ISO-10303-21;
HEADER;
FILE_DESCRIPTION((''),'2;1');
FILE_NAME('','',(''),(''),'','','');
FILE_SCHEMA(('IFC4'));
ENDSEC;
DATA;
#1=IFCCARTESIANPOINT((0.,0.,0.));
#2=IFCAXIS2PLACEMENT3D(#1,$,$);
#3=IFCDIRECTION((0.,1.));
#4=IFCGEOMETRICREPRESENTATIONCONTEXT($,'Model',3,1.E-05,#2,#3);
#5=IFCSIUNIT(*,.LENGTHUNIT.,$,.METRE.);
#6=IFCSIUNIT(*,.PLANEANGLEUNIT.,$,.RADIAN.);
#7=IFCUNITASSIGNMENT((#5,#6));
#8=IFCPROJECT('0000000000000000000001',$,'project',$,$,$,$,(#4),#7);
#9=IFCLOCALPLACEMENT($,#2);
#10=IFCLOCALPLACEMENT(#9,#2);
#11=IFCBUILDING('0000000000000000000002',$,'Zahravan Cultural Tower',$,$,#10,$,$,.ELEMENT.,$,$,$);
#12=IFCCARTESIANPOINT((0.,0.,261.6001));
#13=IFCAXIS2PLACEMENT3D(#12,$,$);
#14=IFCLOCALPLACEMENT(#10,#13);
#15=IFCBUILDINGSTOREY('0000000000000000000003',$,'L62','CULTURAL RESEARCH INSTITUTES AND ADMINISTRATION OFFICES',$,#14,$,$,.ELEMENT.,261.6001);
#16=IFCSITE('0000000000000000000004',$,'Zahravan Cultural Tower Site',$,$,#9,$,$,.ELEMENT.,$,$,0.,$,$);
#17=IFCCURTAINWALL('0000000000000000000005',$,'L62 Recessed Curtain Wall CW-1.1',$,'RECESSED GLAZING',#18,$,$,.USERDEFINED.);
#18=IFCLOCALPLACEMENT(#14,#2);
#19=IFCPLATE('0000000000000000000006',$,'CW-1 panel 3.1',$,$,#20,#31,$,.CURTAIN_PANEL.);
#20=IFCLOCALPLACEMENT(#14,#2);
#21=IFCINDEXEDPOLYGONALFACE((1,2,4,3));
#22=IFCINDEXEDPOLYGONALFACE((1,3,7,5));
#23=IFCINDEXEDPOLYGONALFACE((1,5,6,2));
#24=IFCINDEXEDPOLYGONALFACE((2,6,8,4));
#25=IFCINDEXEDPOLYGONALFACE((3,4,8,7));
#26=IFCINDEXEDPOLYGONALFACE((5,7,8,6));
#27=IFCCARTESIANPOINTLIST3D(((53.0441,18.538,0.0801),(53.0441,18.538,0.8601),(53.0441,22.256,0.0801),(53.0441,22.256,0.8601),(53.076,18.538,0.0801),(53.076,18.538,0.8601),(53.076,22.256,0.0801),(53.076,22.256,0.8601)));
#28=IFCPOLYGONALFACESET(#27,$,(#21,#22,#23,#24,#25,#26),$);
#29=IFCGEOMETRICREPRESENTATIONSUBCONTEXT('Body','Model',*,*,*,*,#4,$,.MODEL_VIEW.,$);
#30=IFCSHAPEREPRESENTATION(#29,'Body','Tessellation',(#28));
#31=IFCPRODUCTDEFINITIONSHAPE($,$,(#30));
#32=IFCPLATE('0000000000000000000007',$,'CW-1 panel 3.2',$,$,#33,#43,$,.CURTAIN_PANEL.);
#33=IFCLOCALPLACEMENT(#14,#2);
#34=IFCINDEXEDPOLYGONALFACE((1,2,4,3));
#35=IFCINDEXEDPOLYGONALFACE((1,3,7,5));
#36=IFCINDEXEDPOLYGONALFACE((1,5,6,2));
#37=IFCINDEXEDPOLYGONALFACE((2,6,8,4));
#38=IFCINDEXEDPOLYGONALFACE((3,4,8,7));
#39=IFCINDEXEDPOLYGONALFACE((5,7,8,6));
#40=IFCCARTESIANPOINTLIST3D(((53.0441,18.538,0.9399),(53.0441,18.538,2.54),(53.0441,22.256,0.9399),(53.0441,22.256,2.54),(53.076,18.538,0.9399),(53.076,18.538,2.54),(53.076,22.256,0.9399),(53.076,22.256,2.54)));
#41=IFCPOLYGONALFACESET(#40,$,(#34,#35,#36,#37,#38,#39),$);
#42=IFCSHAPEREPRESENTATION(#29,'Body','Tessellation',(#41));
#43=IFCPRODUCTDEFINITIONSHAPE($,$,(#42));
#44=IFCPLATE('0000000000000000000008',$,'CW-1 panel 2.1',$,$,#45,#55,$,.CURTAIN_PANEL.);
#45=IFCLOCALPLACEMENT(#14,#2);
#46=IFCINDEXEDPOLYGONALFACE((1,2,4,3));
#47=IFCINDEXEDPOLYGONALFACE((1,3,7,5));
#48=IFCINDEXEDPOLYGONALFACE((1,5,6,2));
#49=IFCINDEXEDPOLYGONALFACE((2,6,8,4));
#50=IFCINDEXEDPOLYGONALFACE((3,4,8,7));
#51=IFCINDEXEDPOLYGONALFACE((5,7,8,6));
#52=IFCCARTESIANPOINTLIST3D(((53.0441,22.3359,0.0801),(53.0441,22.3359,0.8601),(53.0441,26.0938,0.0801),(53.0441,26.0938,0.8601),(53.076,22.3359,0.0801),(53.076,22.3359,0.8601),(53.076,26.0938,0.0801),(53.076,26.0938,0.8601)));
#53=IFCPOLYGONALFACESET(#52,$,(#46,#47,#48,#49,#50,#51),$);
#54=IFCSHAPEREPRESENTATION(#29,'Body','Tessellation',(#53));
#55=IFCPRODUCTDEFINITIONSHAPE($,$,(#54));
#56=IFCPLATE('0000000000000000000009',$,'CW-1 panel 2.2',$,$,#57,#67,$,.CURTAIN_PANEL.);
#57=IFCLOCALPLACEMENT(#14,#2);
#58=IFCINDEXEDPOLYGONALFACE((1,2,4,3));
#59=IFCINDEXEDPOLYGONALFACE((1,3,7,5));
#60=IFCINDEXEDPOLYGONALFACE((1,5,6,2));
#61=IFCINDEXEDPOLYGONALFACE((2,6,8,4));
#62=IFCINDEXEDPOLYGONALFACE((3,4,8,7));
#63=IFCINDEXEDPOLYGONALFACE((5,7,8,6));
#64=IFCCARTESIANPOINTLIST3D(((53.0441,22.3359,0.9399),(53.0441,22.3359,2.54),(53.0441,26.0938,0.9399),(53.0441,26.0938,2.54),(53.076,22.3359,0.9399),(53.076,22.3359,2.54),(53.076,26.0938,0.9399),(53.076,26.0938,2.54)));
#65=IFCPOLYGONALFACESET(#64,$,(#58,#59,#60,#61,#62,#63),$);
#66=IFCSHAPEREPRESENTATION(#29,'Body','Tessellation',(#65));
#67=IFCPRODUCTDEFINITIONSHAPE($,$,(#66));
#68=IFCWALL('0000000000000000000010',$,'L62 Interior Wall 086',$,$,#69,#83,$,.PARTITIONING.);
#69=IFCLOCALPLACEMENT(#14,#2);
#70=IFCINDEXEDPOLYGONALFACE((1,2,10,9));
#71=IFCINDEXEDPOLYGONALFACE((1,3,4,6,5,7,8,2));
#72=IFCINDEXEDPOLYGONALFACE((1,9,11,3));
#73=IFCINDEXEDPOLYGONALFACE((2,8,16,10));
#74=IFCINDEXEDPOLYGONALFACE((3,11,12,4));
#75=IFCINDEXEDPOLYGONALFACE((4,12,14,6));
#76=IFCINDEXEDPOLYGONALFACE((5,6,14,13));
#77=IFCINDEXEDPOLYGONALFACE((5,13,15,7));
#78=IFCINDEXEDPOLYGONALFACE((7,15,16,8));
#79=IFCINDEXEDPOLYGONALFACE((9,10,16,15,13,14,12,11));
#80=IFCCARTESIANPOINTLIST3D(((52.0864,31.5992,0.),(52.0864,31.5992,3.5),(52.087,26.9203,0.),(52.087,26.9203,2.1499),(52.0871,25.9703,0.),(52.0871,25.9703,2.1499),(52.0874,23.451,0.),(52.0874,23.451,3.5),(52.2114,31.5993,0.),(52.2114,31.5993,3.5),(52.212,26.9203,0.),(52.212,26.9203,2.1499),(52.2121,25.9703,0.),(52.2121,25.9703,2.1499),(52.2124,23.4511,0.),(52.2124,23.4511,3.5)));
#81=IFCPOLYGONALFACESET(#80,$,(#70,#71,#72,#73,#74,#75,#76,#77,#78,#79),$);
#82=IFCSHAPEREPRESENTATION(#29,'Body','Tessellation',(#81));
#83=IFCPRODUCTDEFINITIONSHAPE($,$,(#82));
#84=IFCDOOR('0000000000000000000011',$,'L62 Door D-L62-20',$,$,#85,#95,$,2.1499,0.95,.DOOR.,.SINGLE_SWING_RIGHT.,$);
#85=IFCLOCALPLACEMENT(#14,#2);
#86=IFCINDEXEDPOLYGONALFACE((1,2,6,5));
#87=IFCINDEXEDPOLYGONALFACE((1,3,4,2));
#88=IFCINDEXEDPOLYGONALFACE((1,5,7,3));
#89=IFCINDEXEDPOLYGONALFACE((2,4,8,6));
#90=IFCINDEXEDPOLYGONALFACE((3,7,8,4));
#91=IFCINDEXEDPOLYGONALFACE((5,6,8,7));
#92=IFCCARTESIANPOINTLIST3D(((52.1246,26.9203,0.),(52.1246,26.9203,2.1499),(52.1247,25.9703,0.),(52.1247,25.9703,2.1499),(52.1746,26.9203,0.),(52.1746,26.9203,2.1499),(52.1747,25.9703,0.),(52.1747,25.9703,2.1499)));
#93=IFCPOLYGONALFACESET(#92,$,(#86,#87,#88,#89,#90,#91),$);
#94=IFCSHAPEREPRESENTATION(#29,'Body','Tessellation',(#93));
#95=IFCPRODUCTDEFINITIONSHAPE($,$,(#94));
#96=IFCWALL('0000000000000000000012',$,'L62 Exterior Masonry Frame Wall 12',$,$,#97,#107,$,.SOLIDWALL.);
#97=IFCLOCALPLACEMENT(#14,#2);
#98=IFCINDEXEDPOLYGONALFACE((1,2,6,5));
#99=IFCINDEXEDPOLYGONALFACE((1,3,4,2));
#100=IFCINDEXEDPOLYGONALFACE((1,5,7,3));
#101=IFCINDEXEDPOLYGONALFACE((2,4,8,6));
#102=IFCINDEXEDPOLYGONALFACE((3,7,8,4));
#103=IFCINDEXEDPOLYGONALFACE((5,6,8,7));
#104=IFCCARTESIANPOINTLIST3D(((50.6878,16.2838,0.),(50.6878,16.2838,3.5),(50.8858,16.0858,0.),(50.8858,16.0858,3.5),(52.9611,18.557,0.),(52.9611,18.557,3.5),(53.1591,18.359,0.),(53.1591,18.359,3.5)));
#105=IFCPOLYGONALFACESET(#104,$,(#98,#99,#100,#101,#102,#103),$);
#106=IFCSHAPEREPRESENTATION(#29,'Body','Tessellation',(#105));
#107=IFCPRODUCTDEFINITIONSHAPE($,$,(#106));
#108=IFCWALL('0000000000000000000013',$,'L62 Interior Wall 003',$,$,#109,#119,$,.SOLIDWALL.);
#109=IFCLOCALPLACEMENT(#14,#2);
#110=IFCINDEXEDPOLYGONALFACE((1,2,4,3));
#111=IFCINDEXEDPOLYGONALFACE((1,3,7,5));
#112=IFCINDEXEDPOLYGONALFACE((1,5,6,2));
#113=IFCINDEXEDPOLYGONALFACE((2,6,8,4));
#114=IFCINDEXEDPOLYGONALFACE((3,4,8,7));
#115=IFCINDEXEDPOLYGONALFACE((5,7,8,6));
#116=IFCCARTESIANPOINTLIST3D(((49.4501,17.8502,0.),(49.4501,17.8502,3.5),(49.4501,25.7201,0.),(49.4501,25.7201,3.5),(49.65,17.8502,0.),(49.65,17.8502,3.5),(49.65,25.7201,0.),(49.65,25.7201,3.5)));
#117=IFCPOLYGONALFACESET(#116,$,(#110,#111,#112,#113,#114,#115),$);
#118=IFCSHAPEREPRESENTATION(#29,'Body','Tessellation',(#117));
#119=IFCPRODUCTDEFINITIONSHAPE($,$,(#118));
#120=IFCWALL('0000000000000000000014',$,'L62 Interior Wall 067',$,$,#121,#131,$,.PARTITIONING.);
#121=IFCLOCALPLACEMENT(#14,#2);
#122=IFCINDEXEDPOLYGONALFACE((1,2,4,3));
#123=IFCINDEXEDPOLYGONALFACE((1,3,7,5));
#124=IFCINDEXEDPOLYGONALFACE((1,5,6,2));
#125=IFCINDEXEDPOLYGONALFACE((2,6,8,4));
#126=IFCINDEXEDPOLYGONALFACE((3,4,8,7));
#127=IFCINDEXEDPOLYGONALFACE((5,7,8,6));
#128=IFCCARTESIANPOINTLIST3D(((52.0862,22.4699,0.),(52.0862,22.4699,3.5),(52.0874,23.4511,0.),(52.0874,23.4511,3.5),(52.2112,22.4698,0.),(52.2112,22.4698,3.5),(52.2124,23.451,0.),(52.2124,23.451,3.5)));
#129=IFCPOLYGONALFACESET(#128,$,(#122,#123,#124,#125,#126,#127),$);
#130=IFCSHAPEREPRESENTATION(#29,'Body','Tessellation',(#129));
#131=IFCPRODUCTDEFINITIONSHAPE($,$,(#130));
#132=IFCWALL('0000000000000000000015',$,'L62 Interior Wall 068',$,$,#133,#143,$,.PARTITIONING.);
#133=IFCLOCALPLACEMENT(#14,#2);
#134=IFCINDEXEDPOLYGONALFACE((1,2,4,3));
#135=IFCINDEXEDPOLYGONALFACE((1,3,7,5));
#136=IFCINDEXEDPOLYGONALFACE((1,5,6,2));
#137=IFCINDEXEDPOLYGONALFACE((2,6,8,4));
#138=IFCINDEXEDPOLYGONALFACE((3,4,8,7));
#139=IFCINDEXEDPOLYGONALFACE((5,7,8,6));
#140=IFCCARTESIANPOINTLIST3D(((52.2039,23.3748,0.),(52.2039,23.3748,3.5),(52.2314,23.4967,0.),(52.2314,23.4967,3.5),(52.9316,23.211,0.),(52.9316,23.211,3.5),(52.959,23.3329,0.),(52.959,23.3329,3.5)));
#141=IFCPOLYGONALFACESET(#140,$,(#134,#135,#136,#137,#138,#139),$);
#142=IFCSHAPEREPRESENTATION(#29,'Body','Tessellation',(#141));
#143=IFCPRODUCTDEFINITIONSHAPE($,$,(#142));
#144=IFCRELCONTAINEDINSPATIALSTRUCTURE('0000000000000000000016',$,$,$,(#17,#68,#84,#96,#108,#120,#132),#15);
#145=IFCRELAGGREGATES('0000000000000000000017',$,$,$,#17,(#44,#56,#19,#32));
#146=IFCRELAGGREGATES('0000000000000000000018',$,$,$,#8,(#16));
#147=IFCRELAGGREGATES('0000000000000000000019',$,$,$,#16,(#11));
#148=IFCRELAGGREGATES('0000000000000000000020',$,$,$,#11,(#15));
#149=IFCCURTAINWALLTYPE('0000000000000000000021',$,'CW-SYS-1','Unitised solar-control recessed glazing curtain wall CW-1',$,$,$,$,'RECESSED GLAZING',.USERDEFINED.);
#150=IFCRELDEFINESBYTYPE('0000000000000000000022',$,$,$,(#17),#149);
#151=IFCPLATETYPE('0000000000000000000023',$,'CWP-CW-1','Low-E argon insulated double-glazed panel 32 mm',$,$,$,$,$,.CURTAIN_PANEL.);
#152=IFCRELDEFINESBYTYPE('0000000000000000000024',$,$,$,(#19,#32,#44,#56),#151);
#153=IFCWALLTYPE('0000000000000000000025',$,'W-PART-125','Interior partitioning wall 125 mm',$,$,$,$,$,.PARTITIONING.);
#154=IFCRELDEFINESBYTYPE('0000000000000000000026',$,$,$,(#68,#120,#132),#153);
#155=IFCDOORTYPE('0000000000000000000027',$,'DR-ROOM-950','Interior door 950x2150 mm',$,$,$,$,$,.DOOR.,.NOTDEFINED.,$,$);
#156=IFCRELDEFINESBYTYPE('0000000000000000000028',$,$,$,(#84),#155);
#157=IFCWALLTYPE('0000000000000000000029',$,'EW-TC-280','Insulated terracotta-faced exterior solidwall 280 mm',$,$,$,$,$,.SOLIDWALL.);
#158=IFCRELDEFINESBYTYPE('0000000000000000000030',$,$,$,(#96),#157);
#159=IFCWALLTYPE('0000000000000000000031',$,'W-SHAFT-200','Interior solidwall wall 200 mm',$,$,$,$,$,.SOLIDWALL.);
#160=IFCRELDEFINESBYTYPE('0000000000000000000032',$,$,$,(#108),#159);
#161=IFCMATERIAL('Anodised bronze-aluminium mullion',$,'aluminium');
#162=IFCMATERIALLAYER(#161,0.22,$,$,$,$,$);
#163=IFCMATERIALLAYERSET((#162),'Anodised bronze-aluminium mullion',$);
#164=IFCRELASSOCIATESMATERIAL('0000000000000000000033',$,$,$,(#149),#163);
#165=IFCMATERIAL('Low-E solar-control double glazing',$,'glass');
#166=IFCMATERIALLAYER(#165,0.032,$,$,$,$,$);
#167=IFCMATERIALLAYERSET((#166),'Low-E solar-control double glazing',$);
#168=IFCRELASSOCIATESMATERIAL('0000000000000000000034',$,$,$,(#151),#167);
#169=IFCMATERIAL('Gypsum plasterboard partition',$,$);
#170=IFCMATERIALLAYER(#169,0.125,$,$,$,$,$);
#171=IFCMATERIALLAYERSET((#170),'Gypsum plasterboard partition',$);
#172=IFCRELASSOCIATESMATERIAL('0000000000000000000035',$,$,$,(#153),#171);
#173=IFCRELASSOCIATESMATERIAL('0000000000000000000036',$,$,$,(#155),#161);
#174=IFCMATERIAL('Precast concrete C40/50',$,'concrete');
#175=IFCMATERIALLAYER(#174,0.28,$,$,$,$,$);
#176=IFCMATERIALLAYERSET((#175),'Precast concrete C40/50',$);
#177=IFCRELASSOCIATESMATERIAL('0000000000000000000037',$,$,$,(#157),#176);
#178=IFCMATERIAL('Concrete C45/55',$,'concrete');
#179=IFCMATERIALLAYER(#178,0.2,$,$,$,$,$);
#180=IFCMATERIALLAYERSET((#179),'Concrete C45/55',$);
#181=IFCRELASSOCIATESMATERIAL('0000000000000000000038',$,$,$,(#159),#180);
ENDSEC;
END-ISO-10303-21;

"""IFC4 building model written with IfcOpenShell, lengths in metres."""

from ifc_helpers import new_model, si_unit, direction, frame, frame_2d, origin, origin_2d, place, context, subcontext, project, spatial, rectangle, extrude, source, transform, mapped, material, layer, layer_set, type_object, element, fill, aggregate, save


model = new_model("IFC4")

# Units and contexts
model_context = context("Model", 3, precision=1e-05, world=origin(), true_north=direction((0.0, 1.0)))
body_context = subcontext(model_context, "Body", "Model", "MODEL_VIEW")
ifc_project = project(units=[si_unit("LENGTHUNIT", "METRE"), si_unit("PLANEANGLEUNIT", "RADIAN")], contexts=[model_context])

# Site, building, storey
site_placement = place(None, origin())
site = spatial("IfcSite", under=ifc_project, at=site_placement, Name="Zahravan Cultural Tower Site", CompositionType="ELEMENT", RefElevation=0.0)
building_placement = place(site_placement, origin())
building = spatial("IfcBuilding", under=site, at=building_placement, Name="Zahravan Cultural Tower", CompositionType="ELEMENT")
storey_placement = place(building_placement, frame((0.0, 0.0, 261.6001)))
storey = spatial("IfcBuildingStorey", under=building, at=storey_placement, Name="L62", Description="CULTURAL RESEARCH INSTITUTES AND ADMINISTRATION OFFICES", CompositionType="ELEMENT", Elevation=261.6001)

# Curtain wall, plates
ifc_material_1 = material(Name="Anodised bronze-aluminium mullion", Category="aluminium")
ifc_layer_1 = layer(ifc_material_1, 0.22)
ifc_layer_set_1 = layer_set([ifc_layer_1], Name="Anodised bronze-aluminium mullion")
curtain_wall_type = type_object("IfcCurtainWallType", Name="CW-SYS-1", Description="Unitised solar-control recessed glazing curtain wall CW-1", ElementType="RECESSED GLAZING", PredefinedType="USERDEFINED", material=ifc_layer_set_1)
curtain_wall_placement = place(storey_placement, origin())
curtain_wall = element("IfcCurtainWall", 1, at=curtain_wall_placement, inside=storey, type_object=curtain_wall_type, Name="L62 Recessed Curtain Wall CW-1.1", ObjectType="RECESSED GLAZING", PredefinedType="USERDEFINED")
ifc_material_2 = material(Name="Low-E solar-control double glazing", Category="glass")
ifc_layer_2 = layer(ifc_material_2, 0.032)
ifc_layer_set_2 = layer_set([ifc_layer_2], Name="Low-E solar-control double glazing")
plate_type = type_object("IfcPlateType", Name="CWP-CW-1", Description="Low-E argon insulated double-glazed panel 32 mm", PredefinedType="CURTAIN_PANEL", material=ifc_layer_set_2)
shared_shape_1 = source(origin(), body_context, "Body", "SweptSolid", [
    extrude(rectangle(XDim=3.718, YDim=0.032, at=origin_2d()), origin(), (0.0, 0.0, 1.0), 0.78),
])
plate_1_placement = place(storey_placement, frame((53.0601, 20.397, 0.0801), z_axis=(0.0, 0.0, 1.0), x_axis=(0.0, -1.0, 0.0)))
plate_1 = element("IfcPlate", 2, at=plate_1_placement, type_object=plate_type, Name="CW-1 panel 3.1", PredefinedType="CURTAIN_PANEL", context=body_context, shape_type="MappedRepresentation", body=[
    mapped(shared_shape_1, transform((0.0, 0.0, 0.0), x_axis=(1.0, 0.0, 0.0), y_axis=(0.0, 1.0, 0.0), z_axis=(0.0, 0.0, 1.0), scale=1.0)),
])
shared_shape_2 = source(origin(), body_context, "Body", "SweptSolid", [
    extrude(rectangle(XDim=3.718, YDim=0.032, at=origin_2d()), origin(), (0.0, 0.0, 1.0), 1.6001),
])
plate_2_placement = place(storey_placement, frame((53.0601, 20.397, 0.9399), z_axis=(0.0, 0.0, 1.0), x_axis=(0.0, -1.0, 0.0)))
plate_2 = element("IfcPlate", 3, at=plate_2_placement, type_object=plate_type, Name="CW-1 panel 3.2", PredefinedType="CURTAIN_PANEL", context=body_context, shape_type="MappedRepresentation", body=[
    mapped(shared_shape_2, transform((0.0, 0.0, 0.0), x_axis=(1.0, 0.0, 0.0), y_axis=(0.0, 1.0, 0.0), z_axis=(0.0, 0.0, 1.0), scale=1.0)),
])
shared_shape_3 = source(origin(), body_context, "Body", "SweptSolid", [
    extrude(rectangle(XDim=3.7578, YDim=0.032, at=origin_2d()), origin(), (0.0, 0.0, 1.0), 0.78),
])
plate_3_placement = place(storey_placement, frame((53.0601, 24.2148, 0.0801), z_axis=(0.0, 0.0, 1.0), x_axis=(0.0, -1.0, 0.0)))
plate_3 = element("IfcPlate", 4, at=plate_3_placement, type_object=plate_type, Name="CW-1 panel 2.1", PredefinedType="CURTAIN_PANEL", context=body_context, shape_type="MappedRepresentation", body=[
    mapped(shared_shape_3, transform((0.0, 0.0, 0.0), x_axis=(1.0, 0.0, 0.0), y_axis=(0.0, 1.0, 0.0), z_axis=(0.0, 0.0, 1.0), scale=1.0)),
])
shared_shape_4 = source(origin(), body_context, "Body", "SweptSolid", [
    extrude(rectangle(XDim=3.7578, YDim=0.032, at=origin_2d()), origin(), (0.0, 0.0, 1.0), 1.6001),
])
plate_4_placement = place(storey_placement, frame((53.0601, 24.2148, 0.9399), z_axis=(0.0, 0.0, 1.0), x_axis=(0.0, -1.0, 0.0)))
plate_4 = element("IfcPlate", 5, at=plate_4_placement, type_object=plate_type, Name="CW-1 panel 2.2", PredefinedType="CURTAIN_PANEL", context=body_context, shape_type="MappedRepresentation", body=[
    mapped(shared_shape_4, transform((0.0, 0.0, 0.0), x_axis=(1.0, 0.0, 0.0), y_axis=(0.0, 1.0, 0.0), z_axis=(0.0, 0.0, 1.0), scale=1.0)),
])
aggregate(curtain_wall, [plate_3, plate_4, plate_1, plate_2])

# Wall, opening, door
ifc_material_3 = material(Name="Gypsum plasterboard partition")
ifc_layer_3 = layer(ifc_material_3, 0.125)
ifc_layer_set_3 = layer_set([ifc_layer_3], Name="Gypsum plasterboard partition")
wall_type_1 = type_object("IfcWallType", Name="W-PART-125", Description="Interior partitioning wall 125 mm", PredefinedType="PARTITIONING", material=ifc_layer_set_3)
door_type = type_object("IfcDoorType", Name="DR-ROOM-950", Description="Interior door 950x2150 mm", OperationType="NOTDEFINED", PredefinedType="DOOR", material=ifc_material_1)
shared_shape_5 = source(origin(), body_context, "Body", "SweptSolid", [
    extrude(rectangle(XDim=0.95, YDim=2.1499, at=frame_2d((0.4751, 1.075))), frame((0.0, 0.0249, 0.0), z_axis=(0.0, -1.0, 0.0), x_axis=(1.0, 0.0, 0.0)), (0.0, 0.0, 1.0), 0.05),
])
wall_1_placement = place(storey_placement, frame((52.1499, 23.4509, 0.0), z_axis=(0.0, 0.0, 1.0), x_axis=(-0.00012, 1.0, 0.0)))
wall_1 = element("IfcWall", 6, at=wall_1_placement, inside=storey, type_object=wall_type_1, Name="L62 Interior Wall 086", PredefinedType="PARTITIONING", context=body_context, shape_type="SweptSolid", body=[
    extrude(rectangle(XDim=8.1482, YDim=0.125, at=frame_2d((4.0742, 0.0))), origin(), (0.0, 0.0, 1.0), 3.5),
])
opening_1_placement = place(wall_1_placement, frame((2.5193, 0.0, 0.0)))
opening_1 = element("IfcOpeningElement", 7, at=opening_1_placement, cuts=wall_1, PredefinedType="OPENING", context=body_context, shape_type="SweptSolid", body=[
    extrude(rectangle(XDim=0.95, YDim=2.1499, at=frame_2d((0.4751, 1.075))), frame((0.0, 0.0725, 0.0), z_axis=(0.0, -1.0, 0.0), x_axis=(1.0, 0.0, 0.0)), (0.0, 0.0, 1.0), 0.145),
])
door_1_placement = place(opening_1_placement, origin())
door_1 = element("IfcDoor", 8, at=door_1_placement, inside=storey, type_object=door_type, Name="L62 Door D-L62-20", OperationType="SINGLE_SWING_RIGHT", OverallHeight=2.1499, OverallWidth=0.95, PredefinedType="DOOR", context=body_context, shape_type="MappedRepresentation", body=[
    mapped(shared_shape_5, transform((0.0, 0.0, 0.0), x_axis=(1.0, 0.0, 0.0), y_axis=(0.0, 1.0, 0.0), z_axis=(0.0, 0.0, 1.0), scale=1.0)),
])
fill(opening_1, door_1)

# Walls
ifc_material_4 = material(Name="Precast concrete C40/50", Category="concrete")
ifc_layer_4 = layer(ifc_material_4, 0.28)
ifc_layer_set_4 = layer_set([ifc_layer_4], Name="Precast concrete C40/50")
wall_type_2 = type_object("IfcWallType", Name="EW-TC-280", Description="Insulated terracotta-faced exterior solidwall 280 mm", PredefinedType="SOLIDWALL", material=ifc_layer_set_4)
shared_shape_6 = source(origin(), body_context, "Body", "SweptSolid", [
    extrude(rectangle(XDim=3.2148, YDim=0.28, at=frame_2d((1.6074, 0.0))), origin(), (0.0, 0.0, 1.0), 3.5),
])
wall_2_placement = place(storey_placement, frame((53.0601, 18.458, 0.0), z_axis=(0.0, 0.0, 1.0), x_axis=(-0.707107, -0.707107, 0.0)))
element("IfcWall", 9, at=wall_2_placement, inside=storey, type_object=wall_type_2, Name="L62 Exterior Masonry Frame Wall 12", PredefinedType="SOLIDWALL", context=body_context, shape_type="MappedRepresentation", body=[
    mapped(shared_shape_6, transform((0.0, 0.0, 0.0), x_axis=(1.0, 0.0, 0.0), y_axis=(0.0, 1.0, 0.0), z_axis=(0.0, 0.0, 1.0), scale=1.0)),
])
ifc_material_5 = material(Name="Concrete C45/55", Category="concrete")
ifc_layer_5 = layer(ifc_material_5, 0.2)
ifc_layer_set_5 = layer_set([ifc_layer_5], Name="Concrete C45/55")
wall_type_3 = type_object("IfcWallType", Name="W-SHAFT-200", Description="Interior solidwall wall 200 mm", PredefinedType="SOLIDWALL", material=ifc_layer_set_5)
shared_shape_7 = source(origin(), body_context, "Body", "SweptSolid", [
    extrude(rectangle(XDim=7.8699, YDim=0.2, at=frame_2d((3.9351, 0.0))), origin(), (0.0, 0.0, 1.0), 3.5),
])
wall_3_placement = place(storey_placement, frame((49.55, 17.8501, 0.0), z_axis=(0.0, 0.0, 1.0), x_axis=(0.0, 1.0, 0.0)))
element("IfcWall", 10, at=wall_3_placement, inside=storey, type_object=wall_type_3, Name="L62 Interior Wall 003", PredefinedType="SOLIDWALL", context=body_context, shape_type="MappedRepresentation", body=[
    mapped(shared_shape_7, transform((0.0, 0.0, 0.0), x_axis=(1.0, 0.0, 0.0), y_axis=(0.0, 1.0, 0.0), z_axis=(0.0, 0.0, 1.0), scale=1.0)),
])
shared_shape_8 = source(origin(), body_context, "Body", "SweptSolid", [
    extrude(rectangle(XDim=0.9812, YDim=0.125, at=frame_2d((0.4907, 0.0))), origin(), (0.0, 0.0, 1.0), 3.5),
])
wall_4_placement = place(storey_placement, frame((52.1487, 22.4697, 0.0), z_axis=(0.0, 0.0, 1.0), x_axis=(0.001244, 0.999999, 0.0)))
element("IfcWall", 11, at=wall_4_placement, inside=storey, type_object=wall_type_1, Name="L62 Interior Wall 067", PredefinedType="PARTITIONING", context=body_context, shape_type="MappedRepresentation", body=[
    mapped(shared_shape_8, transform((0.0, 0.0, 0.0), x_axis=(1.0, 0.0, 0.0), y_axis=(0.0, 1.0, 0.0), z_axis=(0.0, 0.0, 1.0), scale=1.0)),
])
shared_shape_9 = source(origin(), body_context, "Body", "SweptSolid", [
    extrude(rectangle(XDim=0.7458, YDim=0.125, at=frame_2d((0.373, 0.0))), origin(), (0.0, 0.0, 1.0), 3.5),
])
wall_5_placement = place(storey_placement, frame((52.2175, 23.4358, 0.0), z_axis=(0.0, 0.0, 1.0), x_axis=(0.975575, -0.219668, 0.0)))
element("IfcWall", 12, at=wall_5_placement, inside=storey, type_object=wall_type_1, Name="L62 Interior Wall 068", PredefinedType="PARTITIONING", context=body_context, shape_type="MappedRepresentation", body=[
    mapped(shared_shape_9, transform((0.0, 0.0, 0.0), x_axis=(1.0, 0.0, 0.0), y_axis=(0.0, 1.0, 0.0), z_axis=(0.0, 0.0, 1.0), scale=1.0)),
])

save(model, "model.ifc")
